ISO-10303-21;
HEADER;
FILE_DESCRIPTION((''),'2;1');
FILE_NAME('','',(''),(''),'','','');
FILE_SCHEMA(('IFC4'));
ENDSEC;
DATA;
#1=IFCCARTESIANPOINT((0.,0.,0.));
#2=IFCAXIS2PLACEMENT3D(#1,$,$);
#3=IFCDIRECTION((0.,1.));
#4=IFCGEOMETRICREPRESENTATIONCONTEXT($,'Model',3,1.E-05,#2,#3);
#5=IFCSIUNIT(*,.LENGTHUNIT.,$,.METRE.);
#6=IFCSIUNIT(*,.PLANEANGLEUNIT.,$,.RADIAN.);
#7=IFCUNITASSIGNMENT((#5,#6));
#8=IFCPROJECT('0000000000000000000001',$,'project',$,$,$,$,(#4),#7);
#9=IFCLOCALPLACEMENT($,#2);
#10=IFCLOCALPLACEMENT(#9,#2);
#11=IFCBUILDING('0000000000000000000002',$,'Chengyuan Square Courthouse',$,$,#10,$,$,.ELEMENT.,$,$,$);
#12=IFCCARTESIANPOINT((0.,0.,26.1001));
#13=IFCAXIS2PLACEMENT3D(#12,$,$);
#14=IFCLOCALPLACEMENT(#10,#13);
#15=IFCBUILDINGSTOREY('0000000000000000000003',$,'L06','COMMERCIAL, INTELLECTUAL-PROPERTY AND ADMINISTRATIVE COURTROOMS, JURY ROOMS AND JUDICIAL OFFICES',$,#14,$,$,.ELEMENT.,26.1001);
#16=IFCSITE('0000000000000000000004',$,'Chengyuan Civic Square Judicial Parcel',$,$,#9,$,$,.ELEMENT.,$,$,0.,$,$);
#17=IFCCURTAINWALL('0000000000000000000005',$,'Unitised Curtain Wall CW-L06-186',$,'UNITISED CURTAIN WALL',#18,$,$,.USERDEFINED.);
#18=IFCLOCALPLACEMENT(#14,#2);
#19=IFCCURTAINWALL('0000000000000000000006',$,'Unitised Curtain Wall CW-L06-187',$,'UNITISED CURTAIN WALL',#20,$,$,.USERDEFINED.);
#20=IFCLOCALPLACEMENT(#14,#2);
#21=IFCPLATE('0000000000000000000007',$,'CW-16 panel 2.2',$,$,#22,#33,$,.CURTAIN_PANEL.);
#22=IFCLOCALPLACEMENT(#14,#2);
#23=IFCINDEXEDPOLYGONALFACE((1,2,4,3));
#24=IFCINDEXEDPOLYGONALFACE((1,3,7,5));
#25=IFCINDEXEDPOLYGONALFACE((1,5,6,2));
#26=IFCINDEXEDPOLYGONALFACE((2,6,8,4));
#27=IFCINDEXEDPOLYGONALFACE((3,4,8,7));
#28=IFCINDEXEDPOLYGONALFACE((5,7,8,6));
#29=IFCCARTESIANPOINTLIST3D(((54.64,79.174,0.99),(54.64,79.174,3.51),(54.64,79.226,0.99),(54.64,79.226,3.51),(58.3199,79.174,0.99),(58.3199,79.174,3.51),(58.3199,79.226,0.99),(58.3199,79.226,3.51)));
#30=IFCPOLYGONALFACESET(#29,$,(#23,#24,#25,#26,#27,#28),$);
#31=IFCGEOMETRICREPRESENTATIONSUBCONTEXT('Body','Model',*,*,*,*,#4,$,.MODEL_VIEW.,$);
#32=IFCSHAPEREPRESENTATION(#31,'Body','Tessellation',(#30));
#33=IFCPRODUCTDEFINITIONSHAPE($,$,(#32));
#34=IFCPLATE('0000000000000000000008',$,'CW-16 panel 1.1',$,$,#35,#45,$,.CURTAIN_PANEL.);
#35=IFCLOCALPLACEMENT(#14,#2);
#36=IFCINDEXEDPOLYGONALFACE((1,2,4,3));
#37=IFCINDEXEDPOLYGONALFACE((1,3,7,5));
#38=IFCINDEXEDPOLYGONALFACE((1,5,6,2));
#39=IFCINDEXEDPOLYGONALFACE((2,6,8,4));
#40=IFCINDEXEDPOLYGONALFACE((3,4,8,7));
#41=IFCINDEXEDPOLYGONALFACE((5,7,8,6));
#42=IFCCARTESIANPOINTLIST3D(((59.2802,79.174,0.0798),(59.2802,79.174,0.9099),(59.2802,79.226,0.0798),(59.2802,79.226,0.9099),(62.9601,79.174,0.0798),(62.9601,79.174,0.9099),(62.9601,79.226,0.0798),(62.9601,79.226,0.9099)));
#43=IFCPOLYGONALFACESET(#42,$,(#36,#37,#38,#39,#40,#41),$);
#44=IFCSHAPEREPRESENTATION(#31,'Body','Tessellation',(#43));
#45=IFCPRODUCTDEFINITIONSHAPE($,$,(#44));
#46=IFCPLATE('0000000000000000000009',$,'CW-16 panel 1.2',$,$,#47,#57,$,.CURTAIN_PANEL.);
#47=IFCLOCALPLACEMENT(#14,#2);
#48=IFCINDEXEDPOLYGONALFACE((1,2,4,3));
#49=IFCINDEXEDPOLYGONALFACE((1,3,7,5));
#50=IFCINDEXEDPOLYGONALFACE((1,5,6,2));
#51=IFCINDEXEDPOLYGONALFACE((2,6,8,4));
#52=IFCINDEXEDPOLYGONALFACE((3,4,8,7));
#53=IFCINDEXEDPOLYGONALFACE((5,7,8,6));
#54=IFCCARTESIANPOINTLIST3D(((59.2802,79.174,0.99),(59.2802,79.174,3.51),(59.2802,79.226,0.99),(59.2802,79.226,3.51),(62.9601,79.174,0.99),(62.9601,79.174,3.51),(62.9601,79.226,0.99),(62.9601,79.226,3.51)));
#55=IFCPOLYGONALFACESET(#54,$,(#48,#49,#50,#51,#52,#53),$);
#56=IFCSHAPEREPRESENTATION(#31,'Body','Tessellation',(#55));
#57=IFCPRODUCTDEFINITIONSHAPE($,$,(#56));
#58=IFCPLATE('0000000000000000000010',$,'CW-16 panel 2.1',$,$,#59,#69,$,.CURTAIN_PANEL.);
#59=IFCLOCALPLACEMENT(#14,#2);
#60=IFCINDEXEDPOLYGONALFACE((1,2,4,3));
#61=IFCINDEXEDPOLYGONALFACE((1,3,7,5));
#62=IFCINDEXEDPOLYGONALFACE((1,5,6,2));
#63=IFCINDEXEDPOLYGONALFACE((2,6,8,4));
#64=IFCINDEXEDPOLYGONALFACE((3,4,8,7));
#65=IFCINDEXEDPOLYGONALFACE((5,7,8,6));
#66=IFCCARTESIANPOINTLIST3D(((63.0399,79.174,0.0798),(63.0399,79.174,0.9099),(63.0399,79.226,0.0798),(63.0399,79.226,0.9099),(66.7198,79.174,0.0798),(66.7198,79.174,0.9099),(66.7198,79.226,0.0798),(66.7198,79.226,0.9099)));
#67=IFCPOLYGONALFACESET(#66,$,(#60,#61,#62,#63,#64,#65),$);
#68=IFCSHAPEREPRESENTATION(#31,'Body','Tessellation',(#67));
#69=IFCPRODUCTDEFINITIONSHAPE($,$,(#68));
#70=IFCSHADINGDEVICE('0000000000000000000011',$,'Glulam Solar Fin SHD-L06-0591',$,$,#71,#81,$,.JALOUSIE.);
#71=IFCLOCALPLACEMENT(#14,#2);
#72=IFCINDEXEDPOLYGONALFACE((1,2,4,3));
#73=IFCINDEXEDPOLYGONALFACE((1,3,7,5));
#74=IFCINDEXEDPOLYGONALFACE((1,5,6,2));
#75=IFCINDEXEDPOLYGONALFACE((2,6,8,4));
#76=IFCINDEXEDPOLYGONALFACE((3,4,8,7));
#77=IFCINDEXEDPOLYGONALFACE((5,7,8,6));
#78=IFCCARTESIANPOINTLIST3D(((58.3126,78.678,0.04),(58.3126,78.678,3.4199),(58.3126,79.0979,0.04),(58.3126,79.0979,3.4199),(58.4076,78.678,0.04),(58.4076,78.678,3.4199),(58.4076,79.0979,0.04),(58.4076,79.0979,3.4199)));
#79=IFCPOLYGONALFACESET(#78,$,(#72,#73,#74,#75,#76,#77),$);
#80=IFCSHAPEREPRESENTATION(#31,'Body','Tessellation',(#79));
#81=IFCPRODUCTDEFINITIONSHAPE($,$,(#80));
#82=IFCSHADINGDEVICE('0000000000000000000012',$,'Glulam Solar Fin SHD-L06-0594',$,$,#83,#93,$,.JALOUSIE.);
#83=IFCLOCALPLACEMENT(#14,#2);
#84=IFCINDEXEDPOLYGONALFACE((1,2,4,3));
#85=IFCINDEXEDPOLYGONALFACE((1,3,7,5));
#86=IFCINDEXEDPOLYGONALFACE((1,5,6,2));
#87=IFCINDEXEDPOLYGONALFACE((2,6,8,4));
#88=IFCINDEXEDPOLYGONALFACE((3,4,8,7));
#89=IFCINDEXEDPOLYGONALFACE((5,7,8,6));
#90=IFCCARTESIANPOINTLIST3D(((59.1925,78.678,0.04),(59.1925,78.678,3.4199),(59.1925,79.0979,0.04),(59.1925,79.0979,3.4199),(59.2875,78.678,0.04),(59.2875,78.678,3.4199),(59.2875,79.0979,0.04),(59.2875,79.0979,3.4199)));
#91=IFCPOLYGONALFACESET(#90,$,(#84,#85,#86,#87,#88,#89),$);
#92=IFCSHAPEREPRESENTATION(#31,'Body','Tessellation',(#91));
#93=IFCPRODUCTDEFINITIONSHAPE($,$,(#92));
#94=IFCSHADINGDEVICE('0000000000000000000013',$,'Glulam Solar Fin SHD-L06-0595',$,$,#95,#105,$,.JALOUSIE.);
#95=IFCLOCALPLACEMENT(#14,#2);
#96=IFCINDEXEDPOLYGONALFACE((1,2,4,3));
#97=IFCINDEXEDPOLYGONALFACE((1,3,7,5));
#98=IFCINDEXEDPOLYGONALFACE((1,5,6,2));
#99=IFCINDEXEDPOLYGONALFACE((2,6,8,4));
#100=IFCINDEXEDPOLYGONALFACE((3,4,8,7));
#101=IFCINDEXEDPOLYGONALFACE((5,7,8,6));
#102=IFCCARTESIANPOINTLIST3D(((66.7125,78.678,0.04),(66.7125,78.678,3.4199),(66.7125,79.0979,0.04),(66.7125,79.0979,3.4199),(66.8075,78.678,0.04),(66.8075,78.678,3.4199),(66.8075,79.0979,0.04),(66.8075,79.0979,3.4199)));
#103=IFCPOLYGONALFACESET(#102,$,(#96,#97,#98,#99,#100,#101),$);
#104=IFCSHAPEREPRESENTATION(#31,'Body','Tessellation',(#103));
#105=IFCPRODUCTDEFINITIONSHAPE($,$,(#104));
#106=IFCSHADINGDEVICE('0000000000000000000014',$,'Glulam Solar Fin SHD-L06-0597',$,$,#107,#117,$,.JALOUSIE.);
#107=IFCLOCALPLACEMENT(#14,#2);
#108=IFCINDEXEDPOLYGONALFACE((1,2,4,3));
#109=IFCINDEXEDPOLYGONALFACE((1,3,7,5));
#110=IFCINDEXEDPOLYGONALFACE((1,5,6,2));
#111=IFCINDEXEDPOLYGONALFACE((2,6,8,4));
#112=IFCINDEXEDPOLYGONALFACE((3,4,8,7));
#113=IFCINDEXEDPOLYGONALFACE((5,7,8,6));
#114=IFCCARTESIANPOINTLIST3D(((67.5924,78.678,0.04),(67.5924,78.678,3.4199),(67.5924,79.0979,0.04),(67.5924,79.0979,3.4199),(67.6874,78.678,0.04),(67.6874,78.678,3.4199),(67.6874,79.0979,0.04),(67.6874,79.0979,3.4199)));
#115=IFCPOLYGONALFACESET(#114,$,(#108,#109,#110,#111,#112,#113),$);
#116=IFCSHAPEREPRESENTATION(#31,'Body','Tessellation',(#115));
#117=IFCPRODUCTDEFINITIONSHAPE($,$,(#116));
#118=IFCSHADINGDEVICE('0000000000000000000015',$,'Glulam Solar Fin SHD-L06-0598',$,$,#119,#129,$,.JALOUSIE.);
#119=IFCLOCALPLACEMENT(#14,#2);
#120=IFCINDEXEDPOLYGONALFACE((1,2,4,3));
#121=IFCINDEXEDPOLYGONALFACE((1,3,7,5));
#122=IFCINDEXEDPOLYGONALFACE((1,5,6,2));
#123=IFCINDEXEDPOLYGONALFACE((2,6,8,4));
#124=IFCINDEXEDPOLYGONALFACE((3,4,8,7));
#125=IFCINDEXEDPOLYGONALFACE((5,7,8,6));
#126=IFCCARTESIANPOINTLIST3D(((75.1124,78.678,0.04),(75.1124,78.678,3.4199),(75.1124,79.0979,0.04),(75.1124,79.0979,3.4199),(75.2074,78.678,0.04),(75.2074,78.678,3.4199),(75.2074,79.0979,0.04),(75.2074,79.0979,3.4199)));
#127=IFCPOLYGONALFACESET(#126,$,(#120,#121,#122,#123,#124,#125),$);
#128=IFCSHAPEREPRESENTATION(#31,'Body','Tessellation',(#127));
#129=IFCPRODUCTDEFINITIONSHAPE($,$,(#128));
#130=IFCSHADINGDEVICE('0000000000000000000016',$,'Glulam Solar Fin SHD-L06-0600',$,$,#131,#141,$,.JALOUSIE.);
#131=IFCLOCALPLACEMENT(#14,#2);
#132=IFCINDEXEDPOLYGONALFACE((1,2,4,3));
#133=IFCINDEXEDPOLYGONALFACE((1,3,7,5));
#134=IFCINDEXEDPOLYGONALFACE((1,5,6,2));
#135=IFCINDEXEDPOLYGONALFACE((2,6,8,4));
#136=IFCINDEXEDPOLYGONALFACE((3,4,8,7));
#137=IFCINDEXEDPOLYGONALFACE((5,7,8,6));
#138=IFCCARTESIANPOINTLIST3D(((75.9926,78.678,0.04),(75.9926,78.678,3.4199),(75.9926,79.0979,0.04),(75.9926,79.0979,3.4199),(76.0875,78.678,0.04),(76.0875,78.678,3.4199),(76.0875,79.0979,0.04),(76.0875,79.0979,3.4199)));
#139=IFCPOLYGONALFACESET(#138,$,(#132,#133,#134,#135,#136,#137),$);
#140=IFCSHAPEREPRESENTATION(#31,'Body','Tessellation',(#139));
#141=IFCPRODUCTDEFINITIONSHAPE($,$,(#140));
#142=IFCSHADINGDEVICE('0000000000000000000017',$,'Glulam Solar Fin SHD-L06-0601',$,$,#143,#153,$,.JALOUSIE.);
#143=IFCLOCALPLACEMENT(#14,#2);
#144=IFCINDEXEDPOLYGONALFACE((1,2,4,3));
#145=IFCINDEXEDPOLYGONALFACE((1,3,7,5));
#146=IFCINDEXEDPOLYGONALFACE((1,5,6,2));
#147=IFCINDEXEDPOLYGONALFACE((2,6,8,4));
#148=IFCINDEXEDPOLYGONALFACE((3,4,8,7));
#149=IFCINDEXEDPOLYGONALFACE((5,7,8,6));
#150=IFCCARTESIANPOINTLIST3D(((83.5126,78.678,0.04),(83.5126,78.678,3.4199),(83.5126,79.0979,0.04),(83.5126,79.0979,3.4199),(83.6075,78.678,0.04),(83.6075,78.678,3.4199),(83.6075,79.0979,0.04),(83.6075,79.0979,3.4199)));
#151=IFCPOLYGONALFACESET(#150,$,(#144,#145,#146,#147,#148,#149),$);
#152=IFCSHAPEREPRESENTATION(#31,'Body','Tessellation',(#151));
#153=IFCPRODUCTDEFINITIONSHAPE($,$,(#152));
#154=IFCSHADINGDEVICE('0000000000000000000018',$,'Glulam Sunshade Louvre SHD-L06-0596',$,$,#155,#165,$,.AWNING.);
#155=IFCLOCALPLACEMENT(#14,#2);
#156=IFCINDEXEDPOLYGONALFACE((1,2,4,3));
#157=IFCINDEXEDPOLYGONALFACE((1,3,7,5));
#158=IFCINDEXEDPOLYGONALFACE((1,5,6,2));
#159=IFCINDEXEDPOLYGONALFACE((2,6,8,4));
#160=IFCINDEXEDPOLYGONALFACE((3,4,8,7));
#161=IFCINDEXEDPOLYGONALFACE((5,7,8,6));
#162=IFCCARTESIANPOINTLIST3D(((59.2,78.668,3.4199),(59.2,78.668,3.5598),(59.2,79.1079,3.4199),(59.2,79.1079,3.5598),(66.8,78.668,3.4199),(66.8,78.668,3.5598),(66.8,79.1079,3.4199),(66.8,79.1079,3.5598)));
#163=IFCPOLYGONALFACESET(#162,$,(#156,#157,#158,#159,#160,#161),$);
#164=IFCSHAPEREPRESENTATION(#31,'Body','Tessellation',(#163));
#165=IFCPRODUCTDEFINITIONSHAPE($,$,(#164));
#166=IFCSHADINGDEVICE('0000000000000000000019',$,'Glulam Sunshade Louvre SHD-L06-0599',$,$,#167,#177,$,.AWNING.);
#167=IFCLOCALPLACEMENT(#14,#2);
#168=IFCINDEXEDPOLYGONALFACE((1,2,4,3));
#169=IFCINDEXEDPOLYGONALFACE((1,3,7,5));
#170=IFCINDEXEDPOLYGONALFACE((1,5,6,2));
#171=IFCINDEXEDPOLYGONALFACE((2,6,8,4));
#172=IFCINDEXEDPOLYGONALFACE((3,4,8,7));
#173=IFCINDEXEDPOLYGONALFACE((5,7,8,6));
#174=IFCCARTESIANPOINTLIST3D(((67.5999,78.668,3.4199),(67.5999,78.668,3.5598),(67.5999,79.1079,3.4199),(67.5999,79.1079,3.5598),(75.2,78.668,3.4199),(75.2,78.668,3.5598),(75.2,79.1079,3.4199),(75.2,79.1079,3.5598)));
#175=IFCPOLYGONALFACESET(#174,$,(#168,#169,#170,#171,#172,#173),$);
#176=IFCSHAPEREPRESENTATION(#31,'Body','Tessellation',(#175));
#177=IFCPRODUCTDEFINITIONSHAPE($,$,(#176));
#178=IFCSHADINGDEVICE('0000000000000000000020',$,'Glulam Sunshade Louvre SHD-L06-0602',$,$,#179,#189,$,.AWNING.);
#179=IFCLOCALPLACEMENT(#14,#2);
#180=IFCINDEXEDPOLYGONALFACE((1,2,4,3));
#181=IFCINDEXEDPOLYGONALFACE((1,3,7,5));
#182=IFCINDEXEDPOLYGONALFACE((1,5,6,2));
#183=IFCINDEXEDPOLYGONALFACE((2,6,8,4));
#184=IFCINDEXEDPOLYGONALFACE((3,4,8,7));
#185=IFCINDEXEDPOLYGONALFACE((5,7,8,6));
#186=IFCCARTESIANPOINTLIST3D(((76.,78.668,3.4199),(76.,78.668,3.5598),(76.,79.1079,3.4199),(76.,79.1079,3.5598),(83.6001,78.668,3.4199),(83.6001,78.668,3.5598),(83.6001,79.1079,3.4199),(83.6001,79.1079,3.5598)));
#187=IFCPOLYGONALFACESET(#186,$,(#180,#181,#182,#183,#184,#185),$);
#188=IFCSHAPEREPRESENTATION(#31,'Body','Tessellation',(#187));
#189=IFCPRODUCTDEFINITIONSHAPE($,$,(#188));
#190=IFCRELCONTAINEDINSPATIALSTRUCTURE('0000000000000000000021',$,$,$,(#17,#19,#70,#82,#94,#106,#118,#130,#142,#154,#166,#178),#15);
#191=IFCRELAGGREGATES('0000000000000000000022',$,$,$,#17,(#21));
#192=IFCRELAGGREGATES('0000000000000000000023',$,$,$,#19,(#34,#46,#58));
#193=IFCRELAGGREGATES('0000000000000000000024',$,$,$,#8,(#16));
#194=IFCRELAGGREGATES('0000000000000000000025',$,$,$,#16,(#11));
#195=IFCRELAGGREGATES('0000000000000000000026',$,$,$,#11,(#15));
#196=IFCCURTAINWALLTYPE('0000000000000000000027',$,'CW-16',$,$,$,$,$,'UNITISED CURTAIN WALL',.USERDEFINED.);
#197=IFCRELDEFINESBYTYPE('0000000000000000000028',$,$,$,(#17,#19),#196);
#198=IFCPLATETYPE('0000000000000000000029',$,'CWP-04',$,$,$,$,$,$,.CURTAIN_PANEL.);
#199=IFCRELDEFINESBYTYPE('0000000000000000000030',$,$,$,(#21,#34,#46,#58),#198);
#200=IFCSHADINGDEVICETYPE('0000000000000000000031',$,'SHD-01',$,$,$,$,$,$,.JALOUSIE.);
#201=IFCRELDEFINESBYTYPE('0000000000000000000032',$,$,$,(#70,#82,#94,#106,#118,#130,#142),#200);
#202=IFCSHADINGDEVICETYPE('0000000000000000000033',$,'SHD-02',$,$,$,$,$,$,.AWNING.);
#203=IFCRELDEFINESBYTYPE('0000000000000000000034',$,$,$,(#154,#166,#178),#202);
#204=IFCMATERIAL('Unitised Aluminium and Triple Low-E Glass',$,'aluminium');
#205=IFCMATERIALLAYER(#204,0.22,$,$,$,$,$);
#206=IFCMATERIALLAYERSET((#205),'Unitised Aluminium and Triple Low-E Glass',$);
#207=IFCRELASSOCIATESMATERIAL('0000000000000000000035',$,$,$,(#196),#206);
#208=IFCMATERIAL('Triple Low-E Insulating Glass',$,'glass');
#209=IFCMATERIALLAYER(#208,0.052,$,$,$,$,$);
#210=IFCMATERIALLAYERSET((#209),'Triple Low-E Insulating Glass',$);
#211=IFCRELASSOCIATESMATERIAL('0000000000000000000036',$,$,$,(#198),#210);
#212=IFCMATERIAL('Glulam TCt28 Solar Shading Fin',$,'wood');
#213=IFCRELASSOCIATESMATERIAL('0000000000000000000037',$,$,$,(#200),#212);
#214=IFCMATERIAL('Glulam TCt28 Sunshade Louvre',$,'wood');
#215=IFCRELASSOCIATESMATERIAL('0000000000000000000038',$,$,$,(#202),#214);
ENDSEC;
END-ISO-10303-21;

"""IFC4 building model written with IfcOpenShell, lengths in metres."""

from ifc_helpers import new_model, si_unit, direction, frame, origin, origin_2d, place, context, subcontext, project, spatial, rectangle, extrude, material, layer, layer_set, type_object, element, aggregate, save


model = new_model("IFC4")

# Units and contexts
model_context = context("Model", 3, precision=1e-05, world=origin(), true_north=direction((0.0, 1.0)))
body_context = subcontext(model_context, "Body", "Model", "MODEL_VIEW")
ifc_project = project(units=[si_unit("LENGTHUNIT", "METRE"), si_unit("PLANEANGLEUNIT", "RADIAN")], contexts=[model_context])

# Site, building, storey
site_placement = place(None, origin())
site = spatial("IfcSite", under=ifc_project, at=site_placement, Name="Chengyuan Civic Square Judicial Parcel", CompositionType="ELEMENT", RefElevation=0.0)
building_placement = place(site_placement, origin())
building = spatial("IfcBuilding", under=site, at=building_placement, Name="Chengyuan Square Courthouse", CompositionType="ELEMENT")
storey_placement = place(building_placement, frame((0.0, 0.0, 26.1001)))
storey = spatial("IfcBuildingStorey", under=building, at=storey_placement, Name="L06", Description="COMMERCIAL, INTELLECTUAL-PROPERTY AND ADMINISTRATIVE COURTROOMS, JURY ROOMS AND JUDICIAL OFFICES", CompositionType="ELEMENT", Elevation=26.1001)

# Curtain wall
ifc_material_1 = material(Name="Unitised Aluminium and Triple Low-E Glass", Category="aluminium")
ifc_layer_1 = layer(ifc_material_1, 0.22)
ifc_layer_set_1 = layer_set([ifc_layer_1], Name="Unitised Aluminium and Triple Low-E Glass")
curtain_wall_type = type_object("IfcCurtainWallType", Name="CW-16", ElementType="UNITISED CURTAIN WALL", PredefinedType="USERDEFINED", material=ifc_layer_set_1)
curtain_wall_1_placement = place(storey_placement, origin())
curtain_wall_1 = element("IfcCurtainWall", 1, at=curtain_wall_1_placement, inside=storey, type_object=curtain_wall_type, Name="Unitised Curtain Wall CW-L06-186", ObjectType="UNITISED CURTAIN WALL", PredefinedType="USERDEFINED")

# Curtain wall
curtain_wall_2_placement = place(storey_placement, origin())
curtain_wall_2 = element("IfcCurtainWall", 2, at=curtain_wall_2_placement, inside=storey, type_object=curtain_wall_type, Name="Unitised Curtain Wall CW-L06-187", ObjectType="UNITISED CURTAIN WALL", PredefinedType="USERDEFINED")

# Plates
ifc_material_2 = material(Name="Triple Low-E Insulating Glass", Category="glass")
ifc_layer_2 = layer(ifc_material_2, 0.052)
ifc_layer_set_2 = layer_set([ifc_layer_2], Name="Triple Low-E Insulating Glass")
plate_type = type_object("IfcPlateType", Name="CWP-04", PredefinedType="CURTAIN_PANEL", material=ifc_layer_set_2)
plate_1_placement = place(storey_placement, frame((56.48, 79.2, 0.99), z_axis=(0.0, 0.0, 1.0), x_axis=(1.0, 0.0, 0.0)))
plate_1 = element("IfcPlate", 3, at=plate_1_placement, type_object=plate_type, Name="CW-16 panel 2.2", PredefinedType="CURTAIN_PANEL", context=body_context, shape_type="SweptSolid", body=[
    extrude(rectangle(XDim=3.6799, YDim=0.052, at=origin_2d()), origin(), (0.0, 0.0, 1.0), 2.52),
])
aggregate(curtain_wall_1, [plate_1])
plate_2_placement = place(storey_placement, frame((61.1201, 79.2, 0.0798), z_axis=(0.0, 0.0, 1.0), x_axis=(1.0, 0.0, 0.0)))
plate_2 = element("IfcPlate", 4, at=plate_2_placement, type_object=plate_type, Name="CW-16 panel 1.1", PredefinedType="CURTAIN_PANEL", context=body_context, shape_type="SweptSolid", body=[
    extrude(rectangle(XDim=3.6799, YDim=0.052, at=origin_2d()), origin(), (0.0, 0.0, 1.0), 0.8301),
])
plate_3_placement = place(storey_placement, frame((61.1201, 79.2, 0.99), z_axis=(0.0, 0.0, 1.0), x_axis=(1.0, 0.0, 0.0)))
plate_3 = element("IfcPlate", 5, at=plate_3_placement, type_object=plate_type, Name="CW-16 panel 1.2", PredefinedType="CURTAIN_PANEL", context=body_context, shape_type="SweptSolid", body=[
    extrude(rectangle(XDim=3.6799, YDim=0.052, at=origin_2d()), origin(), (0.0, 0.0, 1.0), 2.52),
])
plate_4_placement = place(storey_placement, frame((64.8799, 79.2, 0.0798), z_axis=(0.0, 0.0, 1.0), x_axis=(1.0, 0.0, 0.0)))
plate_4 = element("IfcPlate", 6, at=plate_4_placement, type_object=plate_type, Name="CW-16 panel 2.1", PredefinedType="CURTAIN_PANEL", context=body_context, shape_type="SweptSolid", body=[
    extrude(rectangle(XDim=3.6799, YDim=0.052, at=origin_2d()), origin(), (0.0, 0.0, 1.0), 0.8301),
])
aggregate(curtain_wall_2, [plate_2, plate_3, plate_4])

# Shading devices
ifc_material_3 = material(Name="Glulam TCt28 Solar Shading Fin", Category="wood")
shading_device_type_1 = type_object("IfcShadingDeviceType", Name="SHD-01", PredefinedType="JALOUSIE", material=ifc_material_3)
for number, where, z_axis, x_axis, name in (
    (7, (58.3601, 78.8879, 0.04), (0.0, 0.0, 1.0), (0.0, 1.0, 0.0), "Glulam Solar Fin SHD-L06-0591"),
    (8, (59.24, 78.8879, 0.04), (0.0, 0.0, 1.0), (0.0, 1.0, 0.0), "Glulam Solar Fin SHD-L06-0594"),
    (9, (66.76, 78.8879, 0.04), (0.0, 0.0, 1.0), (0.0, 1.0, 0.0), "Glulam Solar Fin SHD-L06-0595"),
    (10, (67.6399, 78.8879, 0.04), (0.0, 0.0, 1.0), (0.0, 1.0, 0.0), "Glulam Solar Fin SHD-L06-0597"),
    (11, (75.1599, 78.8879, 0.04), (0.0, 0.0, 1.0), (0.0, 1.0, 0.0), "Glulam Solar Fin SHD-L06-0598"),
    (12, (76.04, 78.8879, 0.04), (0.0, 0.0, 1.0), (0.0, 1.0, 0.0), "Glulam Solar Fin SHD-L06-0600"),
    (13, (83.5601, 78.8879, 0.04), (0.0, 0.0, 1.0), (0.0, 1.0, 0.0), "Glulam Solar Fin SHD-L06-0601"),
):
    element("IfcShadingDevice", number, at=place(storey_placement, frame(where, z_axis=z_axis, x_axis=x_axis)), inside=storey, type_object=shading_device_type_1, Name=name, PredefinedType="JALOUSIE", context=body_context, shape_type="SweptSolid", body=[
        extrude(rectangle(XDim=0.4199, YDim=0.095, at=origin_2d()), origin(), (0.0, 0.0, 1.0), 3.3799),
    ])
ifc_material_4 = material(Name="Glulam TCt28 Sunshade Louvre", Category="wood")
shading_device_type_2 = type_object("IfcShadingDeviceType", Name="SHD-02", PredefinedType="AWNING", material=ifc_material_4)
for number, where, z_axis, x_axis, name in (
    (14, (63.0, 78.8879, 3.4199), (0.0, 0.0, 1.0), (1.0, 0.0, 0.0), "Glulam Sunshade Louvre SHD-L06-0596"),
    (15, (71.3999, 78.8879, 3.4199), (0.0, 0.0, 1.0), (1.0, 0.0, 0.0), "Glulam Sunshade Louvre SHD-L06-0599"),
    (16, (79.8, 78.8879, 3.4199), (0.0, 0.0, 1.0), (1.0, 0.0, 0.0), "Glulam Sunshade Louvre SHD-L06-0602"),
):
    element("IfcShadingDevice", number, at=place(storey_placement, frame(where, z_axis=z_axis, x_axis=x_axis)), inside=storey, type_object=shading_device_type_2, Name=name, PredefinedType="AWNING", context=body_context, shape_type="SweptSolid", body=[
        extrude(rectangle(XDim=7.6001, YDim=0.4399, at=origin_2d()), origin(), (0.0, 0.0, 1.0), 0.1399),
    ])

save(model, "model.ifc")
